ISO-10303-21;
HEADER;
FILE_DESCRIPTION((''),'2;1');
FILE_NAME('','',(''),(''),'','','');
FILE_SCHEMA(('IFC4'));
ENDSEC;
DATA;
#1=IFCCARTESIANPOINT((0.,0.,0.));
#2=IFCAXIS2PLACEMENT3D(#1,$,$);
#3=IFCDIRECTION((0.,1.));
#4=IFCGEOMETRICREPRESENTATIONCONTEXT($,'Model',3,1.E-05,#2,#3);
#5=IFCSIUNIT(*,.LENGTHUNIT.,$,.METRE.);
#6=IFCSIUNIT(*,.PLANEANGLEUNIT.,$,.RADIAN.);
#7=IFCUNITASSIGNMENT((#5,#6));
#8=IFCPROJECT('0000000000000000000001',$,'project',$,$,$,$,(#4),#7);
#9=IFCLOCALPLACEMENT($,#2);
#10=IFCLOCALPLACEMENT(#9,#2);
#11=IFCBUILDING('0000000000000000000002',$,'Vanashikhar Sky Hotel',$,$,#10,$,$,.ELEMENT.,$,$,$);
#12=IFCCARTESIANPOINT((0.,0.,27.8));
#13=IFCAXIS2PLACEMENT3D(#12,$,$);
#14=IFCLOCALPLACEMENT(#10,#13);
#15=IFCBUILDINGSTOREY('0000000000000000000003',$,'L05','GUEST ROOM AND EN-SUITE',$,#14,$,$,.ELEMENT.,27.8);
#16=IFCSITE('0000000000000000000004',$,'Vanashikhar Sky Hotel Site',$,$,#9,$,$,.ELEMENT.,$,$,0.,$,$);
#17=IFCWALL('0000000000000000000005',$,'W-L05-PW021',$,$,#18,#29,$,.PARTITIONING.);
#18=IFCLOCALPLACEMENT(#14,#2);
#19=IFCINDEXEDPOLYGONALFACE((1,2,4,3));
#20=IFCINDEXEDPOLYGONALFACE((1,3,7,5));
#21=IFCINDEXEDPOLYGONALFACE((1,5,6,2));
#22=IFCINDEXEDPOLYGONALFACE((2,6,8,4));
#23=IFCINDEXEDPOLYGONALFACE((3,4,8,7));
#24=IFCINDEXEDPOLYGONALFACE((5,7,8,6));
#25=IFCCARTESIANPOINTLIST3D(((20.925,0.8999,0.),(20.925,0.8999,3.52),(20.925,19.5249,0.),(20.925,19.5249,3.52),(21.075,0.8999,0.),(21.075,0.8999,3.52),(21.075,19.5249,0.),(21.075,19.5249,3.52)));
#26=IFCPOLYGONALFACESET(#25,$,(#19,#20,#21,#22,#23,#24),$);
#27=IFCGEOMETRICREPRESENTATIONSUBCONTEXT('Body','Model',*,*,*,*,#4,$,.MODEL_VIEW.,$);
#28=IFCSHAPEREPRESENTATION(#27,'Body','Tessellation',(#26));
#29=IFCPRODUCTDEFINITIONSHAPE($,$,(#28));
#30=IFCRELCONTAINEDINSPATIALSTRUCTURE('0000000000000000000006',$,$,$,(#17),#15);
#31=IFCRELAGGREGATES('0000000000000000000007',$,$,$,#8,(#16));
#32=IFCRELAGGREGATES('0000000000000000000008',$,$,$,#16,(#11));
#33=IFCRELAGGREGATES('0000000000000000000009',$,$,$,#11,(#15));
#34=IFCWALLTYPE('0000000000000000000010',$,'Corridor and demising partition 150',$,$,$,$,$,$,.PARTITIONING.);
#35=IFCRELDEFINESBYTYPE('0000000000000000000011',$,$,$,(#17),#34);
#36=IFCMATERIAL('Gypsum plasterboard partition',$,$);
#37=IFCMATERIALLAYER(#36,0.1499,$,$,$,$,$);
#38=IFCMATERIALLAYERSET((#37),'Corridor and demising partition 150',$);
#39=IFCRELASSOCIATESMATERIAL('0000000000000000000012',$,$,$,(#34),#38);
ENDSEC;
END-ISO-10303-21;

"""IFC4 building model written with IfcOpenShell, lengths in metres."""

from ifc_helpers import new_model, si_unit, direction, frame, frame_2d, origin, place, context, subcontext, project, spatial, rectangle, extrude, source, transform, mapped, material, layer, layer_set, type_object, element, save


model = new_model("IFC4")

# Units and contexts
model_context = context("Model", 3, precision=1e-05, world=origin(), true_north=direction((0.0, 1.0)))
body_context = subcontext(model_context, "Body", "Model", "MODEL_VIEW")
ifc_project = project(units=[si_unit("LENGTHUNIT", "METRE"), si_unit("PLANEANGLEUNIT", "RADIAN")], contexts=[model_context])

# Site, building, storey
site_placement = place(None, origin())
site = spatial("IfcSite", under=ifc_project, at=site_placement, Name="Vanashikhar Sky Hotel Site", CompositionType="ELEMENT", RefElevation=0.0)
building_placement = place(site_placement, origin())
building = spatial("IfcBuilding", under=site, at=building_placement, Name="Vanashikhar Sky Hotel", CompositionType="ELEMENT")
storey_placement = place(building_placement, frame((0.0, 0.0, 27.8)))
storey = spatial("IfcBuildingStorey", under=building, at=storey_placement, Name="L05", Description="GUEST ROOM AND EN-SUITE", CompositionType="ELEMENT", Elevation=27.8)

# Shared definitions
ifc_material_1 = material(Name="Gypsum plasterboard partition")

# Wall
ifc_layer_1 = layer(ifc_material_1, 0.1499)
ifc_layer_set_1 = layer_set([ifc_layer_1], Name="Corridor and demising partition 150")
wall_type_1 = type_object("IfcWallType", Name="Corridor and demising partition 150", PredefinedType="PARTITIONING", material=ifc_layer_set_1)
shared_shape_1 = source(origin(), body_context, "Body", "SweptSolid", [
    extrude(rectangle(XDim=18.625, YDim=0.1499, at=frame_2d((9.3125, 0.0))), origin(), (0.0, 0.0, 1.0), 3.52),
])
wall_1_placement = place(storey_placement, frame((21.0, 0.8999, 0.0), z_axis=(0.0, 0.0, 1.0), x_axis=(0.0, 1.0, 0.0)))
element("IfcWall", 1, at=wall_1_placement, inside=storey, type_object=wall_type_1, Name="W-L05-PW021", PredefinedType="PARTITIONING", context=body_context, shape_type="MappedRepresentation", body=[
    mapped(shared_shape_1, transform((0.0, 0.0, 0.0), scale=1.0)),
])

save(model, "model.ifc")
